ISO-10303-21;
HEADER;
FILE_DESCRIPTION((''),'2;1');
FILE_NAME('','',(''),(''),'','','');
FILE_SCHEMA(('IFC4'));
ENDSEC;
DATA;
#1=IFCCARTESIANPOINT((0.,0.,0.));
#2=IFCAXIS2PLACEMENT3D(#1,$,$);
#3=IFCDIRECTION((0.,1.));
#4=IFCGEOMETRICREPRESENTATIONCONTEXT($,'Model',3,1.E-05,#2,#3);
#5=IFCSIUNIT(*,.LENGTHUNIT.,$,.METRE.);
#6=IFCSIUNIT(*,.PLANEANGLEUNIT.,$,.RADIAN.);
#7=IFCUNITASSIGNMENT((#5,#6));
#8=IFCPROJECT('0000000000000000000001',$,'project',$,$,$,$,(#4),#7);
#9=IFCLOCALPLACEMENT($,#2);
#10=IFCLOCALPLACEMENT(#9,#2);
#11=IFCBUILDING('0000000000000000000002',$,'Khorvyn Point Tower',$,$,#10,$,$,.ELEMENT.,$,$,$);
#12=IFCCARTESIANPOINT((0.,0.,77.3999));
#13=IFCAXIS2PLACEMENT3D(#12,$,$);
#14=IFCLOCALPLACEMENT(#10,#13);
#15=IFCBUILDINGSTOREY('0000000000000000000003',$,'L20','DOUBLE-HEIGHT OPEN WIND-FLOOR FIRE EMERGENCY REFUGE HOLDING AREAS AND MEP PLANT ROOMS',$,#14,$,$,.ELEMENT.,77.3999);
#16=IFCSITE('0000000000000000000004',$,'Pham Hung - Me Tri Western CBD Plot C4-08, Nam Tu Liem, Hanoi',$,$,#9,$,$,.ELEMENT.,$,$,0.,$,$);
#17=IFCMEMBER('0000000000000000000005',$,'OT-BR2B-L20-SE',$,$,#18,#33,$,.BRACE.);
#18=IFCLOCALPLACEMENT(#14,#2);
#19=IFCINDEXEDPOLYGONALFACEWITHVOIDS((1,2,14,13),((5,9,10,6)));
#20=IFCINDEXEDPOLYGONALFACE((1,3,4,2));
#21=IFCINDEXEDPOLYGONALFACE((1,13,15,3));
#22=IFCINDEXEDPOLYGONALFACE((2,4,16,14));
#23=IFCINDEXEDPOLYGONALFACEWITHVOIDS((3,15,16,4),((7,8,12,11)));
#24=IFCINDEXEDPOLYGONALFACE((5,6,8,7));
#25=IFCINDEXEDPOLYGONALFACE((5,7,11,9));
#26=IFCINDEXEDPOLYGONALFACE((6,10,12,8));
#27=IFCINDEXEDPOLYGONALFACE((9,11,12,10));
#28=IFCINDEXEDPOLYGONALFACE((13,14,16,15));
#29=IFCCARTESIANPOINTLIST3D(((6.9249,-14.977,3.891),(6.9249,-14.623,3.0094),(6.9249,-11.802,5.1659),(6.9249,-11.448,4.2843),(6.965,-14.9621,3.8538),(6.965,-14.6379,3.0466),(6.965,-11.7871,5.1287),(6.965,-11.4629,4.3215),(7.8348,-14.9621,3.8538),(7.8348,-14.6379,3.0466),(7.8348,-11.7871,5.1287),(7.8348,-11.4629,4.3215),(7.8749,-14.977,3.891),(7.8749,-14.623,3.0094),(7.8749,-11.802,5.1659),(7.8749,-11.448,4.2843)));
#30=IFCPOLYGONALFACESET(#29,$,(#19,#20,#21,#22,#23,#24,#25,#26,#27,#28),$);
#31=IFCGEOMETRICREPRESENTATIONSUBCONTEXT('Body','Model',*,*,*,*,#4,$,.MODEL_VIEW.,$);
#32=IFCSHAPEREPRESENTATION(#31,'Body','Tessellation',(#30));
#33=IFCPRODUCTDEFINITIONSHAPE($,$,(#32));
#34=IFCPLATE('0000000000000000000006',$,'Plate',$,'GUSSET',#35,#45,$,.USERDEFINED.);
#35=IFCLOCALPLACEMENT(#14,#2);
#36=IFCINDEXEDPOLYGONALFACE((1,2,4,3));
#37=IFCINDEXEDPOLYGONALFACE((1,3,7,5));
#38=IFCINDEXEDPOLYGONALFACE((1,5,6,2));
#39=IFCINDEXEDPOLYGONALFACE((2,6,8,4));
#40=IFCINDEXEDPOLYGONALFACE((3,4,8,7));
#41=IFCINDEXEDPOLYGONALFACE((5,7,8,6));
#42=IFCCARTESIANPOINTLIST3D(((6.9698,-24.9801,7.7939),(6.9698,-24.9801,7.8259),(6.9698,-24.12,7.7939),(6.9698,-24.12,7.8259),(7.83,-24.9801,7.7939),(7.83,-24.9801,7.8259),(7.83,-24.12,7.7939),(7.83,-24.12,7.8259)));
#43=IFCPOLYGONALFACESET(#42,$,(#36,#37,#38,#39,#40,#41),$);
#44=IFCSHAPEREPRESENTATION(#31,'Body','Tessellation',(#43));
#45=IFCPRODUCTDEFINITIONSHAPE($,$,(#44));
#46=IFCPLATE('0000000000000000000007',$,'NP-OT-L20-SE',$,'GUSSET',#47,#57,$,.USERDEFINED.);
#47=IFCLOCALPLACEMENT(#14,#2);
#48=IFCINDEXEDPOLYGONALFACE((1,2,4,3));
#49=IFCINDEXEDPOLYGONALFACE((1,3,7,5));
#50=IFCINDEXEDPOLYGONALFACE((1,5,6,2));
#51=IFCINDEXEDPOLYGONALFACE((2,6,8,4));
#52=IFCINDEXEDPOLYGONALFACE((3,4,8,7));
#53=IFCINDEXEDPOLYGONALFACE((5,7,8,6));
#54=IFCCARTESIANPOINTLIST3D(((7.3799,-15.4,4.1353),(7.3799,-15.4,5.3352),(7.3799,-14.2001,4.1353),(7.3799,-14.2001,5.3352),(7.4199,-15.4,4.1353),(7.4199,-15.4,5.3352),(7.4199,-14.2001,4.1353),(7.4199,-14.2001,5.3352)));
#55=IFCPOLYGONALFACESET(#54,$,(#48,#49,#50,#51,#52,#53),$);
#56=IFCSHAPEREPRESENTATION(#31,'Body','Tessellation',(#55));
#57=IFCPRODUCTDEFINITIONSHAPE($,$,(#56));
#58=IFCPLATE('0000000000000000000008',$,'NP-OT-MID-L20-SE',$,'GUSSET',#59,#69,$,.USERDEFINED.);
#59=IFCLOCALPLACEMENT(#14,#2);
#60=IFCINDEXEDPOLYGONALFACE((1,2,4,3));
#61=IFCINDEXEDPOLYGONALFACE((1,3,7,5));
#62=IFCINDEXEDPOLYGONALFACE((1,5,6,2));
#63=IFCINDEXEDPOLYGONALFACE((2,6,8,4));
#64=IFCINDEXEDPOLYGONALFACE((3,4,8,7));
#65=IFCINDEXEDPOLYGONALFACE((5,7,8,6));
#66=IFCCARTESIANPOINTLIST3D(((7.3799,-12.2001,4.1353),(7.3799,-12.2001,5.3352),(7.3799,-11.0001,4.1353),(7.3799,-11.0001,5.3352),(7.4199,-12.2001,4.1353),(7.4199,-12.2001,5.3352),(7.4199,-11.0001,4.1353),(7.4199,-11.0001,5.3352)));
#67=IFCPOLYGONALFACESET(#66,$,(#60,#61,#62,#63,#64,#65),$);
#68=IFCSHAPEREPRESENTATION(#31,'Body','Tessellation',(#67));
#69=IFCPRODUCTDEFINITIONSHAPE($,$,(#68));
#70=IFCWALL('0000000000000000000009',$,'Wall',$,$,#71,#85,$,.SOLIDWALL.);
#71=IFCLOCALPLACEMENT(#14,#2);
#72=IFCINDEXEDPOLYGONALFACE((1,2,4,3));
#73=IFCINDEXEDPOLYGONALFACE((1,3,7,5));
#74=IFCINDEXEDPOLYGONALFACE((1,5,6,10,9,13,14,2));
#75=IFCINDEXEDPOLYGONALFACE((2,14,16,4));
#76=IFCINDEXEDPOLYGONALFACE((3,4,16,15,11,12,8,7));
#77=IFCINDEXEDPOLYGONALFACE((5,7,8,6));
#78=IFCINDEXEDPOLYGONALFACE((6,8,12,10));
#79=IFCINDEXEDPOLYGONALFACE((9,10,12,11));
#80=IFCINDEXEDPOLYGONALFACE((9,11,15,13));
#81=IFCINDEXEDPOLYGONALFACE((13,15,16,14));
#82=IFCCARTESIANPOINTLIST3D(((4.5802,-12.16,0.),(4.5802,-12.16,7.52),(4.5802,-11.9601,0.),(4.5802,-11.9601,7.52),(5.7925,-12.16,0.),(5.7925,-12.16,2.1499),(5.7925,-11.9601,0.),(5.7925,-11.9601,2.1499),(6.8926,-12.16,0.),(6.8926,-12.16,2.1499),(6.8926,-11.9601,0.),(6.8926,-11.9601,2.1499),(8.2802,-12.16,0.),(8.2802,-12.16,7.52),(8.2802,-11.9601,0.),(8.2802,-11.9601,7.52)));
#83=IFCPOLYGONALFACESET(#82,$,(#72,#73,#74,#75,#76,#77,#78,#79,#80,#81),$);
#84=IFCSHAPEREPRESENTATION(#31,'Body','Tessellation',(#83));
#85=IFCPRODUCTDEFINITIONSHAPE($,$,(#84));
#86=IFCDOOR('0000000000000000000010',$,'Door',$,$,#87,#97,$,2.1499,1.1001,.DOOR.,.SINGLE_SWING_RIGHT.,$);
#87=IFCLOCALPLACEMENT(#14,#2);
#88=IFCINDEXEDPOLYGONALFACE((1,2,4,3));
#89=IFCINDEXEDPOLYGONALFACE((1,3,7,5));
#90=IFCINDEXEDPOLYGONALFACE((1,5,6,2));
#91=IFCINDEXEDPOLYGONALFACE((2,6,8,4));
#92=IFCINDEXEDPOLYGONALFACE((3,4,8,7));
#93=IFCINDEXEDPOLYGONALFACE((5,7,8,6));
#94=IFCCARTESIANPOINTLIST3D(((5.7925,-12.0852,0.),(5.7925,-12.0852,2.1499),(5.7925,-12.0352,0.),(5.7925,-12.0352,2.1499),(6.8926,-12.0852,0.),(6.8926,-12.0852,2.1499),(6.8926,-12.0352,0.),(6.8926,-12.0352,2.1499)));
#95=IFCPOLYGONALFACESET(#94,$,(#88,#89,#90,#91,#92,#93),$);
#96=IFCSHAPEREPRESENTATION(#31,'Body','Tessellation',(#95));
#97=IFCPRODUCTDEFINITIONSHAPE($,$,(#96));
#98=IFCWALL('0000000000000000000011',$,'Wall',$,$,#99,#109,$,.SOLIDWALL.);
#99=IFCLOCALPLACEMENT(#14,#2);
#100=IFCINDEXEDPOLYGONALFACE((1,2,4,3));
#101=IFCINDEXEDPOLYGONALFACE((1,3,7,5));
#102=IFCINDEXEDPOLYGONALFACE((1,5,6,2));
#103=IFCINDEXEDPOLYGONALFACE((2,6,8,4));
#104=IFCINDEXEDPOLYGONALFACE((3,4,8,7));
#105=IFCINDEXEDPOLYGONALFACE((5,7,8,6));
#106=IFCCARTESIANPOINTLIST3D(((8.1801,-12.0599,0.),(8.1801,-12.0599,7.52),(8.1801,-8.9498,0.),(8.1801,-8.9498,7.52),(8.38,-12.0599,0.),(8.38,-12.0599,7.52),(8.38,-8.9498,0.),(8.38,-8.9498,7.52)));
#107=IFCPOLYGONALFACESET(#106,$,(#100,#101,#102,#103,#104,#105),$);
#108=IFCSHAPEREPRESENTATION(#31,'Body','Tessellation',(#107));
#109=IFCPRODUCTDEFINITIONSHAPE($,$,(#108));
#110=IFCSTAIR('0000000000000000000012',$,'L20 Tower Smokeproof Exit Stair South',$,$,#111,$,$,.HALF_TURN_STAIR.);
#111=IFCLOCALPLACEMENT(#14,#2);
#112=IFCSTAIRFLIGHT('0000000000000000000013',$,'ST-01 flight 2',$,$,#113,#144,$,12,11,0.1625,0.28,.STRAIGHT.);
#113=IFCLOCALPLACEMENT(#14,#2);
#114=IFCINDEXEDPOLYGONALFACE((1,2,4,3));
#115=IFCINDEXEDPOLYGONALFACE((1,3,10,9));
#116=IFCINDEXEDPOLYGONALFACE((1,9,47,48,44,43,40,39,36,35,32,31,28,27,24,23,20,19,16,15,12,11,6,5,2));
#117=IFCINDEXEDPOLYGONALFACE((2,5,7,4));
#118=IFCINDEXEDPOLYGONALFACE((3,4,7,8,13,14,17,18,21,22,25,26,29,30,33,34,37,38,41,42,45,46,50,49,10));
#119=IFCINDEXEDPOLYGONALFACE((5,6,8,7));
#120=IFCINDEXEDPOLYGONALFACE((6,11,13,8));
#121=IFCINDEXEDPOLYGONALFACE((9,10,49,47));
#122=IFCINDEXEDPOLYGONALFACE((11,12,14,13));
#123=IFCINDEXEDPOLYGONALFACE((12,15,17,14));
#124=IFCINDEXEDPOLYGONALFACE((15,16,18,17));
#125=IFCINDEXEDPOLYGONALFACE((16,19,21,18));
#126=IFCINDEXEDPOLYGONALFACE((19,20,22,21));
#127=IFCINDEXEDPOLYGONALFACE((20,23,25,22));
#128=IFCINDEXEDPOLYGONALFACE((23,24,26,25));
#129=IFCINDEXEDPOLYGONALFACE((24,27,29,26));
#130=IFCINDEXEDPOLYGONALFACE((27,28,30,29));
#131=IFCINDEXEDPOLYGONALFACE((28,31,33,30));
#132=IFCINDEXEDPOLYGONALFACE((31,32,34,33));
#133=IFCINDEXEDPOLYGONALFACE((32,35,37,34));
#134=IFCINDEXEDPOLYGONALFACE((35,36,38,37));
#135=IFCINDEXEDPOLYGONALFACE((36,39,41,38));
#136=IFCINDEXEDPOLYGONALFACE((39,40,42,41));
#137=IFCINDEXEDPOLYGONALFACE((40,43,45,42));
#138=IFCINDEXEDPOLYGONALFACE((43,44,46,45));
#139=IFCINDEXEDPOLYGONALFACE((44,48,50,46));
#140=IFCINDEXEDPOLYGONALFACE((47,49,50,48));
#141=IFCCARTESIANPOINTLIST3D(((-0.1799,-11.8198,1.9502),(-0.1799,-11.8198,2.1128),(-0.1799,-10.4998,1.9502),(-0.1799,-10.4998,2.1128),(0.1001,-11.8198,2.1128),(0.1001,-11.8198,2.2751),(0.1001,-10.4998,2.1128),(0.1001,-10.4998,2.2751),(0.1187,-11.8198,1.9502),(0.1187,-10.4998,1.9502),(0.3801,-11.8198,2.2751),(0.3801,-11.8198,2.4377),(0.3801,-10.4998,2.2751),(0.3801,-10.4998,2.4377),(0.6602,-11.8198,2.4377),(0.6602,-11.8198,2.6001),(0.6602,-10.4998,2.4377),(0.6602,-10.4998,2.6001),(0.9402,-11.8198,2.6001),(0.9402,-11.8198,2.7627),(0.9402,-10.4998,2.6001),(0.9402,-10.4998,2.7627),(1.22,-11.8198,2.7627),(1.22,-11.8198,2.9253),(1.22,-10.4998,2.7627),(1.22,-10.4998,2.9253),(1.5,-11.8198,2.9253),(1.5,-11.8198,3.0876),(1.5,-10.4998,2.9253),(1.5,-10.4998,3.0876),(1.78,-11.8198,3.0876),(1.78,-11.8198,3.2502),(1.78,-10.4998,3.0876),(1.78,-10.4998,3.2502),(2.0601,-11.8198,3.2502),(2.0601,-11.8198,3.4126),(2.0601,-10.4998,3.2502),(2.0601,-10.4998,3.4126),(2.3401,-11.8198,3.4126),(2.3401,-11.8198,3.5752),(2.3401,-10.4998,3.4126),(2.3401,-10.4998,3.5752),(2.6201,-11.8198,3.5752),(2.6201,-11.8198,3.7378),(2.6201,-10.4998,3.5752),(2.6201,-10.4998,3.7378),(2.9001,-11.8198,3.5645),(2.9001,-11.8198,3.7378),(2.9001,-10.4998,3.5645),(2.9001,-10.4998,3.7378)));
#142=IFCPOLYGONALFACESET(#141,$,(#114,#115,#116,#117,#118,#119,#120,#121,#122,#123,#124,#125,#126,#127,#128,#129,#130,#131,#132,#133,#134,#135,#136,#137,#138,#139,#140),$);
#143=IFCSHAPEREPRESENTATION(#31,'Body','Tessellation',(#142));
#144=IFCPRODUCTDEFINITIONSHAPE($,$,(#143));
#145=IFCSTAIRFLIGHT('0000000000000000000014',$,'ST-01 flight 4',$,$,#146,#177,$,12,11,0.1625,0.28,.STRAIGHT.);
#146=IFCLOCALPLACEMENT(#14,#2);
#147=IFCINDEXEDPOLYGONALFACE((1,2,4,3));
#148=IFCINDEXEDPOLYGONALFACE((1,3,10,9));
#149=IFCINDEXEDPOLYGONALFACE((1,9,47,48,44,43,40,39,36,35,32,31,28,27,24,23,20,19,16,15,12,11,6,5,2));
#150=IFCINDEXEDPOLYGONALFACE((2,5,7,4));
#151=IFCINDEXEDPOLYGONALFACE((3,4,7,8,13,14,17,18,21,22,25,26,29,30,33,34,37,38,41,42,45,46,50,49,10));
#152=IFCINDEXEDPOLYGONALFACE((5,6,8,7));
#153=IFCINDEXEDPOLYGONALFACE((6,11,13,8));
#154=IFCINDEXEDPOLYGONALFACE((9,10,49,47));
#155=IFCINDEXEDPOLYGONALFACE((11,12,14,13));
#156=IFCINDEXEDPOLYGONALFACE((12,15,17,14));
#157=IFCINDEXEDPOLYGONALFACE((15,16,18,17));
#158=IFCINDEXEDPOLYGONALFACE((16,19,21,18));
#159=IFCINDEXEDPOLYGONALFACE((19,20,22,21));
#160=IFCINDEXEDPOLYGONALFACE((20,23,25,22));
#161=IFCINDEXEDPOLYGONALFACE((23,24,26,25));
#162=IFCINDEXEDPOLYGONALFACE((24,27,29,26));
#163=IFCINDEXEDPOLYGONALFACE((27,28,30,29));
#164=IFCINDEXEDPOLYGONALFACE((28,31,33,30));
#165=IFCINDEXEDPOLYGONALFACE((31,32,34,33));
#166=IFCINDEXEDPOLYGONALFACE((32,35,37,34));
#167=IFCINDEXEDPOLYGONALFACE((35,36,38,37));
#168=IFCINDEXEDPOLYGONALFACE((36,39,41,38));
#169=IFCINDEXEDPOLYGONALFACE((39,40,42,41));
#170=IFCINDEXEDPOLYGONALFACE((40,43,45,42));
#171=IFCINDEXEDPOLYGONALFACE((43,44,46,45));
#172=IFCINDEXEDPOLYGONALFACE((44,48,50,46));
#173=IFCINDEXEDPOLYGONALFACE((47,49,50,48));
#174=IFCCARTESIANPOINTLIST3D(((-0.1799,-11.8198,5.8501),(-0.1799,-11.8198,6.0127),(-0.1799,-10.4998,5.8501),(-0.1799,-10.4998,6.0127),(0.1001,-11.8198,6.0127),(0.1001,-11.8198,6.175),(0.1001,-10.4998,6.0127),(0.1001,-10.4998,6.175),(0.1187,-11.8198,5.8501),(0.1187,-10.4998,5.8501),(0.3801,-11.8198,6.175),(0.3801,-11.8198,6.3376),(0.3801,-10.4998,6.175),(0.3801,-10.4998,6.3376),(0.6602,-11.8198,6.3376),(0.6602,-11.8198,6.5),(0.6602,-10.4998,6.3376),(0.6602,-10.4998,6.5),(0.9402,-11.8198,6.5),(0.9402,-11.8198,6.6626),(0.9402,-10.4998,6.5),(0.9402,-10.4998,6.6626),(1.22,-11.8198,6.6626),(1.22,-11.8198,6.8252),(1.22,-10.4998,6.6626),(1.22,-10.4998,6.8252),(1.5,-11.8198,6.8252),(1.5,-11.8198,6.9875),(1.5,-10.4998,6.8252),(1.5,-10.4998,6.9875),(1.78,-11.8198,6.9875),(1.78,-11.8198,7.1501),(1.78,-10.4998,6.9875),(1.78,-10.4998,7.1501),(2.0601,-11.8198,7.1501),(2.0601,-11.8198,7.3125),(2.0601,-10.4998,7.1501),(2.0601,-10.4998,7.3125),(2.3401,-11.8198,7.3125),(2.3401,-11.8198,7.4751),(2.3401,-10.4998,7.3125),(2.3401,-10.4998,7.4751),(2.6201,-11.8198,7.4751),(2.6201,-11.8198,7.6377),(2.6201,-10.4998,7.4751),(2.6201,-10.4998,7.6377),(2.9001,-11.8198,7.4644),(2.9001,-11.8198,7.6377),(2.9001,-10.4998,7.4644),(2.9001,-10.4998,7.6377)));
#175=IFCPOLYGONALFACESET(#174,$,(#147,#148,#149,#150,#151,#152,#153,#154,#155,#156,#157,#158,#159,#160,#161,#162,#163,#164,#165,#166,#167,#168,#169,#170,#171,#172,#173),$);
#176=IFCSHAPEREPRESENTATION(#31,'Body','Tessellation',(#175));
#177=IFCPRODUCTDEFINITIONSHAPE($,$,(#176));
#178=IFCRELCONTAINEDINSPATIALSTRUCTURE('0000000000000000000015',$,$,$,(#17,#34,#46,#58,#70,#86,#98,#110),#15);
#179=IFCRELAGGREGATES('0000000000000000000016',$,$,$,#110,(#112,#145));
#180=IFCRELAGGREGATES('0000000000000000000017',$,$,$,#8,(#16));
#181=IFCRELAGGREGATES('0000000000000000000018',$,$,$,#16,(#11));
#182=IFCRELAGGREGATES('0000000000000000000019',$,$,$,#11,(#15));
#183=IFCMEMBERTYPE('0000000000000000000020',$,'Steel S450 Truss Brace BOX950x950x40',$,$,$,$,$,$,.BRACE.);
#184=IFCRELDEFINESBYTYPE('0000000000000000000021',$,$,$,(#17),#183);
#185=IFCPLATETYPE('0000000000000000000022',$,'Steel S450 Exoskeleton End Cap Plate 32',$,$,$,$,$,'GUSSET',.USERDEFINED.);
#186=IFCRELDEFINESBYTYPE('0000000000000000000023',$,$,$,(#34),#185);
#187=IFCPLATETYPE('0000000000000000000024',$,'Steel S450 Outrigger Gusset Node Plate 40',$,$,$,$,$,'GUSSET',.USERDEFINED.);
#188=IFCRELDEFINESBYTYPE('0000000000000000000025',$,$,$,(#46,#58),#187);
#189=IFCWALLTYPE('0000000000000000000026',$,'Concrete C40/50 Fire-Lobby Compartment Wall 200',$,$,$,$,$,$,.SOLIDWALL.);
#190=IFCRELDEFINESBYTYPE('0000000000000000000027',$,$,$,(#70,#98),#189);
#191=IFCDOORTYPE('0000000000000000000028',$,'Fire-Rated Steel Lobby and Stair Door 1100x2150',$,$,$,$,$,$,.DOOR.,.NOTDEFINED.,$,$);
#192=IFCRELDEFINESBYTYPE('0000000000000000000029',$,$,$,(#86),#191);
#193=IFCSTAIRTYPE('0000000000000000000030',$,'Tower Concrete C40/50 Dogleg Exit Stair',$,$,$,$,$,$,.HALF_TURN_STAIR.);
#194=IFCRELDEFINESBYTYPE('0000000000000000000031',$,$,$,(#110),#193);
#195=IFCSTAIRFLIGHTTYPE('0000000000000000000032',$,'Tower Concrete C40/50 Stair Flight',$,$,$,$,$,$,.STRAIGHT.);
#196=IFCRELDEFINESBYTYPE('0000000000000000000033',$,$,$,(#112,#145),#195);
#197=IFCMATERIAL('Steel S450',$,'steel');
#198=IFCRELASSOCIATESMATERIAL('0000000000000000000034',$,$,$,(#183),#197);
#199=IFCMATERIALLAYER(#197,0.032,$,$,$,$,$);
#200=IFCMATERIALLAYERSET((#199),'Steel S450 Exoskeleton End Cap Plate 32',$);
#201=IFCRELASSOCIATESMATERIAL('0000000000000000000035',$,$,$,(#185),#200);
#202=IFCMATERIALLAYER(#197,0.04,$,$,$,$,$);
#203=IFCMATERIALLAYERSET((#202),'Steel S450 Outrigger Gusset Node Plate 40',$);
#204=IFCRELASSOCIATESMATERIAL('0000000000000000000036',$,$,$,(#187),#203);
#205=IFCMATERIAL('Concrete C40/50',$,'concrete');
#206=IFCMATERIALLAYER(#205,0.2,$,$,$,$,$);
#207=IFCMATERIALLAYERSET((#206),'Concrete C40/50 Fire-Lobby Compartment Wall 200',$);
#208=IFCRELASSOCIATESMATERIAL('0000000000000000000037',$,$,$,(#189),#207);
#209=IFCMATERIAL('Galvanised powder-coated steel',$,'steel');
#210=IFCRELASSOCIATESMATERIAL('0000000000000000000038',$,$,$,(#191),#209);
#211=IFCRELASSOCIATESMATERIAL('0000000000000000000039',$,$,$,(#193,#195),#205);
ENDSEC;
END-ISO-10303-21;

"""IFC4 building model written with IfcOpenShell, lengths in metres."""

from ifc_helpers import new_model, si_unit, direction, frame, frame_2d, origin, origin_2d, place, context, subcontext, project, spatial, polyline, rectangle, hollow_rectangle, outline, extrude, material, layer, layer_set, material_profile, profile_set, type_object, element, fill, aggregate, save


model = new_model("IFC4")

# Units and contexts
model_context = context("Model", 3, precision=1e-05, world=origin(), true_north=direction((0.0, 1.0)))
body_context = subcontext(model_context, "Body", "Model", "MODEL_VIEW")
ifc_project = project(units=[si_unit("LENGTHUNIT", "METRE"), si_unit("PLANEANGLEUNIT", "RADIAN")], contexts=[model_context])

# Site, building, storey
site_placement = place(None, origin())
site = spatial("IfcSite", under=ifc_project, at=site_placement, Name="Pham Hung - Me Tri Western CBD Plot C4-08, Nam Tu Liem, Hanoi", CompositionType="ELEMENT", RefElevation=0.0)
building_placement = place(site_placement, origin())
building = spatial("IfcBuilding", under=site, at=building_placement, Name="Khorvyn Point Tower", CompositionType="ELEMENT")
storey_placement = place(building_placement, frame((0.0, 0.0, 77.3999)))
storey = spatial("IfcBuildingStorey", under=building, at=storey_placement, Name="L20", Description="DOUBLE-HEIGHT OPEN WIND-FLOOR FIRE EMERGENCY REFUGE HOLDING AREAS AND MEP PLANT ROOMS", CompositionType="ELEMENT", Elevation=77.3999)

# Shared definitions
ifc_material_1 = material(Name="Steel S450", Category="steel")

# Member
ifc_material_profile_1 = material_profile(ifc_material_1, hollow_rectangle(XDim=0.95, YDim=0.95, WallThickness=0.04, at=origin_2d()))
ifc_profile_set_1 = profile_set([ifc_material_profile_1], Name="Steel S450 BOX950x950x40")
member_type_1 = type_object("IfcMemberType", Name="Steel S450 Truss Brace BOX950x950x40", PredefinedType="BRACE", material=ifc_profile_set_1)
member_1_placement = place(storey_placement, frame((7.3999, -11.625, 4.7251), z_axis=(0.0, -0.927984, -0.372621), x_axis=(1.0, 0.0, 0.0)))
element("IfcMember", 1, at=member_1_placement, inside=storey, type_object=member_type_1, Name="OT-BR2B-L20-SE", PredefinedType="BRACE", context=body_context, shape_type="SweptSolid", body=[
    extrude(hollow_rectangle(XDim=0.95, YDim=0.95, WallThickness=0.04, at=origin_2d()), origin(), (0.0, 0.0, 1.0), 3.4214),
])

# Plates
ifc_layer_1 = layer(ifc_material_1, 0.032)
ifc_layer_set_1 = layer_set([ifc_layer_1], Name="Steel S450 Exoskeleton End Cap Plate 32")
plate_type_1 = type_object("IfcPlateType", Name="Steel S450 Exoskeleton End Cap Plate 32", ElementType="GUSSET", PredefinedType="USERDEFINED", material=ifc_layer_set_1)
plate_placement = place(storey_placement, frame((7.3999, -24.55, 7.7939), z_axis=(0.0, 0.0, 1.0), x_axis=(1.0, 0.0, 0.0)))
element("IfcPlate", 2, at=plate_placement, inside=storey, type_object=plate_type_1, Name="Plate", ObjectType="GUSSET", PredefinedType="USERDEFINED", context=body_context, shape_type="SweptSolid", body=[
    extrude(rectangle(XDim=0.8601, YDim=0.8601, at=origin_2d()), origin(), (0.0, 0.0, 1.0), 0.032),
])
ifc_layer_2 = layer(ifc_material_1, 0.04)
ifc_layer_set_2 = layer_set([ifc_layer_2], Name="Steel S450 Outrigger Gusset Node Plate 40")
plate_type_2 = type_object("IfcPlateType", Name="Steel S450 Outrigger Gusset Node Plate 40", ElementType="GUSSET", PredefinedType="USERDEFINED", material=ifc_layer_set_2)
for number, where, z_axis, x_axis, name in (
    (3, (7.3999, -14.8, 4.1353), (0.0, 0.0, 1.0), (1.0, 0.0, 0.0), "NP-OT-L20-SE"),
    (4, (7.3999, -11.6001, 4.1353), (0.0, 0.0, 1.0), (1.0, 0.0, 0.0), "NP-OT-MID-L20-SE"),
):
    element("IfcPlate", number, at=place(storey_placement, frame(where, z_axis=z_axis, x_axis=x_axis)), inside=storey, type_object=plate_type_2, Name=name, ObjectType="GUSSET", PredefinedType="USERDEFINED", context=body_context, shape_type="SweptSolid", body=[
        extrude(rectangle(XDim=0.04, YDim=1.2, at=origin_2d()), origin(), (0.0, 0.0, 1.0), 1.2),
    ])

# Wall, opening, door
ifc_material_2 = material(Name="Concrete C40/50", Category="concrete")
ifc_layer_3 = layer(ifc_material_2, 0.2)
ifc_layer_set_3 = layer_set([ifc_layer_3], Name="Concrete C40/50 Fire-Lobby Compartment Wall 200")
wall_type = type_object("IfcWallType", Name="Concrete C40/50 Fire-Lobby Compartment Wall 200", PredefinedType="SOLIDWALL", material=ifc_layer_set_3)
wall_1_placement = place(storey_placement, frame((4.5801, -12.0601, 0.0), z_axis=(0.0, 0.0, 1.0), x_axis=(1.0, 0.0, 0.0)))
wall_1 = element("IfcWall", 5, at=wall_1_placement, inside=storey, type_object=wall_type, Name="Wall", PredefinedType="SOLIDWALL", context=body_context, shape_type="SweptSolid", body=[
    extrude(rectangle(XDim=3.7, YDim=0.2, at=frame_2d((1.8501, 0.0))), origin(), (0.0, 0.0, 1.0), 7.52),
])
opening_placement = place(wall_1_placement, frame((1.2124, 0.0, 0.0)))
opening = element("IfcOpeningElement", 6, at=opening_placement, cuts=wall_1, PredefinedType="OPENING", context=body_context, shape_type="SweptSolid", body=[
    extrude(rectangle(XDim=1.1001, YDim=2.1499, at=frame_2d((0.55, 1.075))), frame((0.0, 0.1099, 0.0), z_axis=(0.0, -1.0, 0.0), x_axis=(1.0, 0.0, 0.0)), (0.0, 0.0, 1.0), 0.22),
])
ifc_material_3 = material(Name="Galvanised powder-coated steel", Category="steel")
door_type = type_object("IfcDoorType", Name="Fire-Rated Steel Lobby and Stair Door 1100x2150", OperationType="NOTDEFINED", PredefinedType="DOOR", material=ifc_material_3)
door_placement = place(opening_placement, origin())
door = element("IfcDoor", 7, at=door_placement, inside=storey, type_object=door_type, Name="Door", OperationType="SINGLE_SWING_RIGHT", OverallHeight=2.1499, OverallWidth=1.1001, PredefinedType="DOOR", context=body_context, shape_type="SweptSolid", body=[
    extrude(rectangle(XDim=1.1001, YDim=2.1499, at=frame_2d((0.55, 1.075))), frame((0.0, 0.0249, 0.0), z_axis=(0.0, -1.0, 0.0), x_axis=(1.0, 0.0, 0.0)), (0.0, 0.0, 1.0), 0.05),
])
fill(opening, door)

# Wall
wall_2_placement = place(storey_placement, frame((8.28, -12.0601, 0.0), z_axis=(0.0, 0.0, 1.0), x_axis=(0.0, 1.0, 0.0)))
element("IfcWall", 8, at=wall_2_placement, inside=storey, type_object=wall_type, Name="Wall", PredefinedType="SOLIDWALL", context=body_context, shape_type="SweptSolid", body=[
    extrude(rectangle(XDim=3.1101, YDim=0.2, at=frame_2d((1.5552, 0.0))), origin(), (0.0, 0.0, 1.0), 7.52),
])

# Stair, stair flights
stair_type = type_object("IfcStairType", Name="Tower Concrete C40/50 Dogleg Exit Stair", PredefinedType="HALF_TURN_STAIR", material=ifc_material_2)
stair_placement = place(storey_placement, origin())
stair = element("IfcStair", 9, at=stair_placement, inside=storey, type_object=stair_type, Name="L20 Tower Smokeproof Exit Stair South", PredefinedType="HALF_TURN_STAIR")
stair_flight_type = type_object("IfcStairFlightType", Name="Tower Concrete C40/50 Stair Flight", PredefinedType="STRAIGHT", material=ifc_material_2)
stair_flight_1_placement = place(storey_placement, frame((-0.1799, -11.1599, 1.9502), z_axis=(0.0, 0.0, 1.0), x_axis=(1.0, 0.0, 0.0)))
stair_flight_1 = element("IfcStairFlight", 10, at=stair_flight_1_placement, type_object=stair_flight_type, Name="ST-01 flight 2", NumberOfRisers=12, NumberOfTreads=11, PredefinedType="STRAIGHT", RiserHeight=0.1625, TreadLength=0.28, context=body_context, shape_type="SweptSolid", body=[
    extrude(outline(polyline([(0.0, 0.0), (0.0, 0.1626), (0.28, 0.1626), (0.28, 0.325), (0.5601, 0.325), (0.5601, 0.4875), (0.8401, 0.4875), (0.8401, 0.6499), (1.1201, 0.6499), (1.1201, 0.8125), (1.3999, 0.8125), (1.3999, 0.9751), (1.6799, 0.9751), (1.6799, 1.1375), (1.96, 1.1375), (1.96, 1.3), (2.24, 1.3), (2.24, 1.4624), (2.52, 1.4624), (2.52, 1.625), (2.8, 1.625), (2.8, 1.7876), (3.0801, 1.7876), (3.0801, 1.95), (3.0801, 1.6143), (0.2986, 0.0), (0.0, 0.0)])), frame((0.0, 0.6602, 0.0), z_axis=(0.0, -1.0, 0.0), x_axis=(1.0, 0.0, 0.0)), (0.0, 0.0, 1.0), 1.3201),
])
stair_flight_2_placement = place(storey_placement, frame((-0.1799, -11.1599, 5.8501), z_axis=(0.0, 0.0, 1.0), x_axis=(1.0, 0.0, 0.0)))
stair_flight_2 = element("IfcStairFlight", 11, at=stair_flight_2_placement, type_object=stair_flight_type, Name="ST-01 flight 4", NumberOfRisers=12, NumberOfTreads=11, PredefinedType="STRAIGHT", RiserHeight=0.1625, TreadLength=0.28, context=body_context, shape_type="SweptSolid", body=[
    extrude(outline(polyline([(0.0, 0.0), (0.0, 0.1626), (0.28, 0.1626), (0.28, 0.325), (0.5601, 0.325), (0.5601, 0.4875), (0.8401, 0.4875), (0.8401, 0.6499), (1.1201, 0.6499), (1.1201, 0.8125), (1.3999, 0.8125), (1.3999, 0.9751), (1.6799, 0.9751), (1.6799, 1.1375), (1.96, 1.1375), (1.96, 1.3), (2.24, 1.3), (2.24, 1.4624), (2.52, 1.4624), (2.52, 1.625), (2.8, 1.625), (2.8, 1.7876), (3.0801, 1.7876), (3.0801, 1.95), (3.0801, 1.6143), (0.2986, 0.0), (0.0, 0.0)])), frame((0.0, 0.6602, 0.0), z_axis=(0.0, -1.0, 0.0), x_axis=(1.0, 0.0, 0.0)), (0.0, 0.0, 1.0), 1.3201),
])
aggregate(stair, [stair_flight_1, stair_flight_2])

save(model, "model.ifc")
